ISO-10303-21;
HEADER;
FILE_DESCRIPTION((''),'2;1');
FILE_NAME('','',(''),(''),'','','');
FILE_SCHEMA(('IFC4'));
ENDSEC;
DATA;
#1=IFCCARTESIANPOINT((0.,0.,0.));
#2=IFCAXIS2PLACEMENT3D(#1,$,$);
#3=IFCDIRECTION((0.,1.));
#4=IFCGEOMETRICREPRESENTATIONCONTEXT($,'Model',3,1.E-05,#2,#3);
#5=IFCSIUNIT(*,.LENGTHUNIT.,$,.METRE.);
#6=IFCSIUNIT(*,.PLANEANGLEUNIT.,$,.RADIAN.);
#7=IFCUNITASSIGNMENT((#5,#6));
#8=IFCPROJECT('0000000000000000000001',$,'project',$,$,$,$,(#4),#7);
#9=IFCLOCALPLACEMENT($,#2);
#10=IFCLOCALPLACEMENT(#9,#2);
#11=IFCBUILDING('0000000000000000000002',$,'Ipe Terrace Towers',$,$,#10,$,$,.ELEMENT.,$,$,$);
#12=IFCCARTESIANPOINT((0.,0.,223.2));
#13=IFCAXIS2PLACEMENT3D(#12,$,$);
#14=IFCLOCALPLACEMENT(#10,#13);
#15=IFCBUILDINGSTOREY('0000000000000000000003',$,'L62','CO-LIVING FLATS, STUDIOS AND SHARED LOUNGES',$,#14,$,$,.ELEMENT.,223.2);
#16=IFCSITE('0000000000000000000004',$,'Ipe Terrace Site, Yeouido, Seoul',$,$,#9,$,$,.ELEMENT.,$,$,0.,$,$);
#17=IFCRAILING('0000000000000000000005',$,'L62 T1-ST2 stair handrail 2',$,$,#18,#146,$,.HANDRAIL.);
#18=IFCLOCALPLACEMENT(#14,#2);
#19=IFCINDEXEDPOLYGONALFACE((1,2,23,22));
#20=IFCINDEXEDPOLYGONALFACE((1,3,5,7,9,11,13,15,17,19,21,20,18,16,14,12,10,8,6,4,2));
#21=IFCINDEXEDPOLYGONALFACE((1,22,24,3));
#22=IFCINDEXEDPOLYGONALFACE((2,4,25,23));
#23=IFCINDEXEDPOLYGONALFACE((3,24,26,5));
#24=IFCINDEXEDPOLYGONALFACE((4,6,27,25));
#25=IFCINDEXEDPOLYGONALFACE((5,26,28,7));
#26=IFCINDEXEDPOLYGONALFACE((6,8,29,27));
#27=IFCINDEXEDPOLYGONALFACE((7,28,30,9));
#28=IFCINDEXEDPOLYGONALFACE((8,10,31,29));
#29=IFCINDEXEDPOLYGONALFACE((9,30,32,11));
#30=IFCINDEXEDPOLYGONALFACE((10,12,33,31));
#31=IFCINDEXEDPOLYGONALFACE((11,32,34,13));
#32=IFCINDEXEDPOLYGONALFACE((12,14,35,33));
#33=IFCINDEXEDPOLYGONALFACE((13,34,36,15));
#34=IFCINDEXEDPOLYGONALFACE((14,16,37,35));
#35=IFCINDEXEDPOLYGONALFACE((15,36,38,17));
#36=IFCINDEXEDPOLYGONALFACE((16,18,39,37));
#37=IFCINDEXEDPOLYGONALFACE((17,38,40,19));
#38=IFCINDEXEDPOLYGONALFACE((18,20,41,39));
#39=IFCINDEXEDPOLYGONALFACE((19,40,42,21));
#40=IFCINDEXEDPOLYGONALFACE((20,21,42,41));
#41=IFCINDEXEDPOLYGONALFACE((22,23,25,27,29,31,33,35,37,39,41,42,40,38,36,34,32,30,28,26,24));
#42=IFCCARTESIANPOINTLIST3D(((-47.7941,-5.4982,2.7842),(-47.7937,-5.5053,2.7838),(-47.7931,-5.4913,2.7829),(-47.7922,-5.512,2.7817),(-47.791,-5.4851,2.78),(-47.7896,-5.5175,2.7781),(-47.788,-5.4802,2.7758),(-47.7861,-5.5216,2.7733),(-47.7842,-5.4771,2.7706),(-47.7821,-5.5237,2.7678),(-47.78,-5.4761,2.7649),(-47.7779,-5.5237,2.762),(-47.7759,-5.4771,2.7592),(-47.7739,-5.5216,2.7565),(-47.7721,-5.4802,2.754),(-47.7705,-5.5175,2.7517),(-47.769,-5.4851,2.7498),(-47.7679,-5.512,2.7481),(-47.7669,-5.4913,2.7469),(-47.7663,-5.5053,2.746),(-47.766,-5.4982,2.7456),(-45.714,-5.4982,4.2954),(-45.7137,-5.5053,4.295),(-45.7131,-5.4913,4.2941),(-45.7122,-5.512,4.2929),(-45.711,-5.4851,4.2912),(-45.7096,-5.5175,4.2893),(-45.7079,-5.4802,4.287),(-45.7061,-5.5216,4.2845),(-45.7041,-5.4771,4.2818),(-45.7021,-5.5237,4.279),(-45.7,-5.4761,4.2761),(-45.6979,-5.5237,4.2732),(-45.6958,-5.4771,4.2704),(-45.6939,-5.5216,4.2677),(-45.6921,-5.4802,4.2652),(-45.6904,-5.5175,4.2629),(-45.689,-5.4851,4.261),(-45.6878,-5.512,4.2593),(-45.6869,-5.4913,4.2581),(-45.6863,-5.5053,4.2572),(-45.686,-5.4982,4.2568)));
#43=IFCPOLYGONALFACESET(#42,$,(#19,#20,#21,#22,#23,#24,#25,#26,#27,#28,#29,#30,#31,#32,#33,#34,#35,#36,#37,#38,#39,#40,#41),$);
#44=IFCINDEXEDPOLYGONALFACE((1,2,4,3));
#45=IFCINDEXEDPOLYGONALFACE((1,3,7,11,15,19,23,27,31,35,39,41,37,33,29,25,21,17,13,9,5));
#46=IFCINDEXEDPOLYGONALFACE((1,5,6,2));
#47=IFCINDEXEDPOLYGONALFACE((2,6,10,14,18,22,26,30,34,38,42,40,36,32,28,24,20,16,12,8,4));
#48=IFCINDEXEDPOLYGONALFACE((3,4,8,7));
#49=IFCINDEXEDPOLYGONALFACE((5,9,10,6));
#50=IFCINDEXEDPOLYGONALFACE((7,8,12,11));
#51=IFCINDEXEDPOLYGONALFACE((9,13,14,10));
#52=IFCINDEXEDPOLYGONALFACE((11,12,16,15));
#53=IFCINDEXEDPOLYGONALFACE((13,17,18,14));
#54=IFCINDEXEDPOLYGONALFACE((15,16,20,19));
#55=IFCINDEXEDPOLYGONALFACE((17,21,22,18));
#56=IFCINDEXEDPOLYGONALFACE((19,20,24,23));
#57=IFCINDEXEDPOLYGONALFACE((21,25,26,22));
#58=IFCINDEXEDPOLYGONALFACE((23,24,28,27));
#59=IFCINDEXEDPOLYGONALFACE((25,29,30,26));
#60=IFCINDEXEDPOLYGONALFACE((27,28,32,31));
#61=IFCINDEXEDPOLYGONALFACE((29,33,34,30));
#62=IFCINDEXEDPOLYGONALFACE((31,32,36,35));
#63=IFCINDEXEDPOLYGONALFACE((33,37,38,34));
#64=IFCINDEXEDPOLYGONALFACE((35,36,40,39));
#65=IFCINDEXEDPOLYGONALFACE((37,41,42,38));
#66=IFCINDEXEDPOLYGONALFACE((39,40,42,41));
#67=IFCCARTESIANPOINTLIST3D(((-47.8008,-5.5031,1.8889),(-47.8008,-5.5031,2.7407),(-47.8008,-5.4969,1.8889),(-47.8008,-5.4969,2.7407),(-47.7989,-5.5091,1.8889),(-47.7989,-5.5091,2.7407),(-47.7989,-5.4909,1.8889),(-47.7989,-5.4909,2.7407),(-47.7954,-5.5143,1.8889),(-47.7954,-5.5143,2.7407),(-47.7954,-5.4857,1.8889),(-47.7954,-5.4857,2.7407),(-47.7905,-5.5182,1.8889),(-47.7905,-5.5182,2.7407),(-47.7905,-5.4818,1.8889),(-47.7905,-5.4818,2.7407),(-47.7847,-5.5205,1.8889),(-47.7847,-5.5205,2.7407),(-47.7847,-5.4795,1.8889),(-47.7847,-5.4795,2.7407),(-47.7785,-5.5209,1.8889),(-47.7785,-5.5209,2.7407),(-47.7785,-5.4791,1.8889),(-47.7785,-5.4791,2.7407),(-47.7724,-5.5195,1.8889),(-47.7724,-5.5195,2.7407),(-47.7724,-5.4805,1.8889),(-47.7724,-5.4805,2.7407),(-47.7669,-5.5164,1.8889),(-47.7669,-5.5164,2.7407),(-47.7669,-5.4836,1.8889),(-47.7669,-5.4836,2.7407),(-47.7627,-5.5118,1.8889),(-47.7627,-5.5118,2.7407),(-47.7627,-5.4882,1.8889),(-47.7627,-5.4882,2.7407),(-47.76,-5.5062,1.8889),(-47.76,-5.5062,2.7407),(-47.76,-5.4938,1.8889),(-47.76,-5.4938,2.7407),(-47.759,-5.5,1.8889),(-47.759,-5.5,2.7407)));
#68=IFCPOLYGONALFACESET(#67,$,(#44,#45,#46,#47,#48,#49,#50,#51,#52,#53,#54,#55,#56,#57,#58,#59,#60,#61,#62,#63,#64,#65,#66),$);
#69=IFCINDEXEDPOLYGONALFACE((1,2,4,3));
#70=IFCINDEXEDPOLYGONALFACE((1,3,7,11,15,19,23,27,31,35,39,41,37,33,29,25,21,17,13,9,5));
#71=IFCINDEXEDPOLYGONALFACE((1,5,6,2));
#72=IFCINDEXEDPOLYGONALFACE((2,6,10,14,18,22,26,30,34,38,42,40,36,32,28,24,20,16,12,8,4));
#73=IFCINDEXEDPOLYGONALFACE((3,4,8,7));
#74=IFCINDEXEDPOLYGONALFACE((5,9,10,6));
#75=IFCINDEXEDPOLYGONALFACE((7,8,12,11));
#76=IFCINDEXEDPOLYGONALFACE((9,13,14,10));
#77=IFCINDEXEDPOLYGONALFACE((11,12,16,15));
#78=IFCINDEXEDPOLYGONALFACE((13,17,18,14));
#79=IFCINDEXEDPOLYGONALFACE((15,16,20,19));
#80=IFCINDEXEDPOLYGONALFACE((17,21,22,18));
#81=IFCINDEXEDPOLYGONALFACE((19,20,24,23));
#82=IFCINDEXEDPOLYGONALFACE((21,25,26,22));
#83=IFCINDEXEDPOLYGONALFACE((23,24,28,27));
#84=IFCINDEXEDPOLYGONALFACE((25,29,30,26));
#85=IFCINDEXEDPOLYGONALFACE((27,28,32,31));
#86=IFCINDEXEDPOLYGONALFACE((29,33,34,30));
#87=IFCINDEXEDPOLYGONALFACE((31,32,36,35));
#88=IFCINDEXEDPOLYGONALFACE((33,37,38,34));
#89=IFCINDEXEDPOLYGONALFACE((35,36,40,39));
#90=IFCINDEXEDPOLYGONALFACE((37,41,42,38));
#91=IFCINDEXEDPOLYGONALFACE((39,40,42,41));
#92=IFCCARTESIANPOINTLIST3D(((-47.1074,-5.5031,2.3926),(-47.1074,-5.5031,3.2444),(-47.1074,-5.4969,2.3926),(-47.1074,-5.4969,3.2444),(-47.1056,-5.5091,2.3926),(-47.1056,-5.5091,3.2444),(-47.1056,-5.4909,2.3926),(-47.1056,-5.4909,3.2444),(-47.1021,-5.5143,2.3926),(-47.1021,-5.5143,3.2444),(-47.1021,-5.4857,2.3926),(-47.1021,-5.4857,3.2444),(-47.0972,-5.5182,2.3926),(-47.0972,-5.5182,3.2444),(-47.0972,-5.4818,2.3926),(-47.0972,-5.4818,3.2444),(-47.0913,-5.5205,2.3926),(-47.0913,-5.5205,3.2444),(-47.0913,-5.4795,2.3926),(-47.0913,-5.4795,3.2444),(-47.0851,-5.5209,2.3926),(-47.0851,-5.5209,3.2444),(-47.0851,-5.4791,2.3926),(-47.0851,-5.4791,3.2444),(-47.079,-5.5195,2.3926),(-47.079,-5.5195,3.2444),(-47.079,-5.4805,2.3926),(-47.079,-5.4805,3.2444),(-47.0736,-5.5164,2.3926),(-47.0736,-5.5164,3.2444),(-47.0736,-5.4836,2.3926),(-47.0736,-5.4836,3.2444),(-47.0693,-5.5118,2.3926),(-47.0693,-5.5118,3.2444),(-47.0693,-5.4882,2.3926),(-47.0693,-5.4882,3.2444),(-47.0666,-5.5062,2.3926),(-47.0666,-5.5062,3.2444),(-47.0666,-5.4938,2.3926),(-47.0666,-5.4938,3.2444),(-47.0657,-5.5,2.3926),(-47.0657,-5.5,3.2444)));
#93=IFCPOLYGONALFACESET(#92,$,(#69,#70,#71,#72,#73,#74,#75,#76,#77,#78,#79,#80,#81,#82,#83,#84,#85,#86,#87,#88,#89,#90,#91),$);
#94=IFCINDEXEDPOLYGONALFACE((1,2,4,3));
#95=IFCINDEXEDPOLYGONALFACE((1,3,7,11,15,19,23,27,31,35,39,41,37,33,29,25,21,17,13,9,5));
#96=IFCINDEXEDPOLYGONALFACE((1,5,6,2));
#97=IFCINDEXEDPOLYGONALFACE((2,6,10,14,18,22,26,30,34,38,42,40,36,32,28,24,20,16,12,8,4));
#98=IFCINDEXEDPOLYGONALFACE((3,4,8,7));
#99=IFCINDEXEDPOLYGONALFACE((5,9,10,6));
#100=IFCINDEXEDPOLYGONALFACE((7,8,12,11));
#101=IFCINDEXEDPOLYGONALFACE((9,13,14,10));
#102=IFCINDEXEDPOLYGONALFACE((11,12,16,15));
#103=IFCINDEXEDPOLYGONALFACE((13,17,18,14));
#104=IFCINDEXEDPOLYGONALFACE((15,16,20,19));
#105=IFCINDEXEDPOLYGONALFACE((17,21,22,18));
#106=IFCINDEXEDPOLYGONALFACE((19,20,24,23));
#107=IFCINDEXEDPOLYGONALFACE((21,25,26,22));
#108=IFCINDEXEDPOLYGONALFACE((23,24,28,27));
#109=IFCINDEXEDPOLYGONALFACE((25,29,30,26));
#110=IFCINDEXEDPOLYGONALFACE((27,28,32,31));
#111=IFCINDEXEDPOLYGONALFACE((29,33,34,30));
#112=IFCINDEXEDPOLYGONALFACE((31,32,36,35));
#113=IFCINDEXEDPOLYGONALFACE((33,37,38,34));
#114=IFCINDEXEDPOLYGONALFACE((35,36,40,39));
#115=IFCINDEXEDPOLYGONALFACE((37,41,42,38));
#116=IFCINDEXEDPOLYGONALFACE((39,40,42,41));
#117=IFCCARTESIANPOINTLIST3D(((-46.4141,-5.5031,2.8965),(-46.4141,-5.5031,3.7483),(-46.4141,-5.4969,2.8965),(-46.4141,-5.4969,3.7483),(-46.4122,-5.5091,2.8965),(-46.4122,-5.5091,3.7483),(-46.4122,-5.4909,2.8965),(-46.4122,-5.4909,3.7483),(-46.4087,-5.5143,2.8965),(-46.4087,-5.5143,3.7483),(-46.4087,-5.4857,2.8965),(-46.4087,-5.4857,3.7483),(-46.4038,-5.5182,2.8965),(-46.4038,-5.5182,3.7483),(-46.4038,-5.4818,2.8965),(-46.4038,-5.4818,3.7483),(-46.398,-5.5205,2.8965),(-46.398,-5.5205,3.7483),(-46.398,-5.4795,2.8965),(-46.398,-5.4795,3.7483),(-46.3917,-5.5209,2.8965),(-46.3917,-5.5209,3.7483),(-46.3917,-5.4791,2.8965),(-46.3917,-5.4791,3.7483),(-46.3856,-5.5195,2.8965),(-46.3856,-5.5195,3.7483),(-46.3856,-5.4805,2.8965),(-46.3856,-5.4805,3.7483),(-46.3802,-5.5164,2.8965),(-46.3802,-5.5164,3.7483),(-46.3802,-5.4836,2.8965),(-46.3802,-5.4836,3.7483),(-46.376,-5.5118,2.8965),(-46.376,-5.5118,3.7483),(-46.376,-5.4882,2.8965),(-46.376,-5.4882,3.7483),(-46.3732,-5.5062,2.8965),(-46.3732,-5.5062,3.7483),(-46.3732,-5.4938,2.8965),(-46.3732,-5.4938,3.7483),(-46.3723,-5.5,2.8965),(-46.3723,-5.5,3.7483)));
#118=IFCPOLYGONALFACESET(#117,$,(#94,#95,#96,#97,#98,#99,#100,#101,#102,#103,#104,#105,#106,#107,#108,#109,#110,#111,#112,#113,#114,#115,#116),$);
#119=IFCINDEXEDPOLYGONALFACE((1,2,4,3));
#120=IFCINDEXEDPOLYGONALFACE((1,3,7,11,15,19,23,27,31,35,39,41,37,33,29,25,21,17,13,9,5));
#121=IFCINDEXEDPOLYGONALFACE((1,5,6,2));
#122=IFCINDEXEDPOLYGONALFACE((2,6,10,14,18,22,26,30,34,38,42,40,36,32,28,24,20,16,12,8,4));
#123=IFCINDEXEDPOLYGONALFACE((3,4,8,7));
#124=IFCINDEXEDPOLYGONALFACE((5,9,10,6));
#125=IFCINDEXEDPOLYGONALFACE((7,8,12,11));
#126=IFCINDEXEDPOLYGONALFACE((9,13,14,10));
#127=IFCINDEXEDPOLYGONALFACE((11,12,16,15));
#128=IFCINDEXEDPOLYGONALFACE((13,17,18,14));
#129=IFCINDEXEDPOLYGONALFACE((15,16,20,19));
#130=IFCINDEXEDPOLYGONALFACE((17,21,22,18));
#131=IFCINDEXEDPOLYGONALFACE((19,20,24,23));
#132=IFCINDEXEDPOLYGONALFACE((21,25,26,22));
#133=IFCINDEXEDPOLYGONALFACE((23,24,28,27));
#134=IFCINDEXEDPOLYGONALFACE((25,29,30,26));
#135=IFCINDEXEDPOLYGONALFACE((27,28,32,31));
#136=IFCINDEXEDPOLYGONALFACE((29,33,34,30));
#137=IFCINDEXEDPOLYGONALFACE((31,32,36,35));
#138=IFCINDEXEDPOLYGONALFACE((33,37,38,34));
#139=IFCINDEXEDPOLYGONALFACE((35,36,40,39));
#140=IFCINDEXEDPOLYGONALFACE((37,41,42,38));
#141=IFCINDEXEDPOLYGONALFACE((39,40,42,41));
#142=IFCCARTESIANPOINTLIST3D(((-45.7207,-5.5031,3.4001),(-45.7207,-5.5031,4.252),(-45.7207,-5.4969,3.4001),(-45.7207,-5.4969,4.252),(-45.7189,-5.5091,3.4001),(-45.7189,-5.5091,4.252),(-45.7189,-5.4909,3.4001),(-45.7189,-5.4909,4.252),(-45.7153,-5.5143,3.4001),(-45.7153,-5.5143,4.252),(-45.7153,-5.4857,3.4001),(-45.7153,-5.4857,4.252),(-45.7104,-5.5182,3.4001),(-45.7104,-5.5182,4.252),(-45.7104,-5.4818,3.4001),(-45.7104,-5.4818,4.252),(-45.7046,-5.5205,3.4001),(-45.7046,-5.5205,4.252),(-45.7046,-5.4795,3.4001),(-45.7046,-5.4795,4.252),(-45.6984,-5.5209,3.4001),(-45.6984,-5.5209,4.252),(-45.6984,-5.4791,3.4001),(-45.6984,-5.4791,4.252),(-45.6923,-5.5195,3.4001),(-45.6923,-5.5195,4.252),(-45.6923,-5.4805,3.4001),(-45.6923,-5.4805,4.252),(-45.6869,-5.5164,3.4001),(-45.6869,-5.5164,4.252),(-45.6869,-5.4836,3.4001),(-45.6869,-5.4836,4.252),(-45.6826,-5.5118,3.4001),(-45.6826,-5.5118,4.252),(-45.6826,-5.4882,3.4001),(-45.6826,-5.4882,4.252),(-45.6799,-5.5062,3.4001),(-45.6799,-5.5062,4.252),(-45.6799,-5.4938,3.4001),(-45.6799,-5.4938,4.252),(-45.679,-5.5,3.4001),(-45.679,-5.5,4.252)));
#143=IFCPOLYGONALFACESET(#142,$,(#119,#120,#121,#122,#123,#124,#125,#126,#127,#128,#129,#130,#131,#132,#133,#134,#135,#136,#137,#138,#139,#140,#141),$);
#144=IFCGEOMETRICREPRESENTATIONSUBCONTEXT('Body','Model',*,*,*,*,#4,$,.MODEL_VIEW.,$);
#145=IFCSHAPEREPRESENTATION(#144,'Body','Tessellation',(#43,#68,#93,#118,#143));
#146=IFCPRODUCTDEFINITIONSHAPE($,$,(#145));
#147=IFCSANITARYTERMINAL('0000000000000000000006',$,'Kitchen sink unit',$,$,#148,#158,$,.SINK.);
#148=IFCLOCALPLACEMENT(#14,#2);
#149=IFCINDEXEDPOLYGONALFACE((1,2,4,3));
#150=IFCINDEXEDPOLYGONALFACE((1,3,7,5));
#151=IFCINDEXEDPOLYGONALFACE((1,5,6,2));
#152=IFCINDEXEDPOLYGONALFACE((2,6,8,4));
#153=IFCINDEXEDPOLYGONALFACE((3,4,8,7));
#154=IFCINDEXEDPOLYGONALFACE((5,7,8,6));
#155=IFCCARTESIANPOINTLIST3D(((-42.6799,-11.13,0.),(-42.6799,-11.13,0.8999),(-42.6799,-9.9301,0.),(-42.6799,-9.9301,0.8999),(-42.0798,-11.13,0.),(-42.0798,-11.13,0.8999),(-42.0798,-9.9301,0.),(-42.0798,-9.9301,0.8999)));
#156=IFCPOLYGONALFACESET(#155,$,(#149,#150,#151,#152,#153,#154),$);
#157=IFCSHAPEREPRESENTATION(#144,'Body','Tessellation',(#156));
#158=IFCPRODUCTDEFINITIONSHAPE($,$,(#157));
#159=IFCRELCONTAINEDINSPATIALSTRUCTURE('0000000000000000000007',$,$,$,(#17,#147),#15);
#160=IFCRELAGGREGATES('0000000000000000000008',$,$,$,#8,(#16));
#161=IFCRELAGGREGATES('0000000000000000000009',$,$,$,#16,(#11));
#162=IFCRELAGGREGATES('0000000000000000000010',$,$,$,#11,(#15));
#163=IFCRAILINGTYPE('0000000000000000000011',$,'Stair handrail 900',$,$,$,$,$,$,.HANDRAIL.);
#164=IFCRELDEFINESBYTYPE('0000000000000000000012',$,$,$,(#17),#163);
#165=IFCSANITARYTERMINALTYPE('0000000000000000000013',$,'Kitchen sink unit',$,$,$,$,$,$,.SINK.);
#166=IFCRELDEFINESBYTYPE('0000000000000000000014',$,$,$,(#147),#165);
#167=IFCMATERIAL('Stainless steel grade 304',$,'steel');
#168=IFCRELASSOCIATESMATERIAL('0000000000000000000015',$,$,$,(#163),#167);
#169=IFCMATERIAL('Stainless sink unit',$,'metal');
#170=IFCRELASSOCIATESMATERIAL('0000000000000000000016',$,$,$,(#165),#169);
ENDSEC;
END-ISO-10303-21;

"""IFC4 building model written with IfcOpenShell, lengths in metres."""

from ifc_helpers import new_model, si_unit, direction, frame, origin, origin_2d, place, context, subcontext, project, spatial, rectangle, circle, extrude, material, type_object, element, save


model = new_model("IFC4")

# Units and contexts
model_context = context("Model", 3, precision=1e-05, world=origin(), true_north=direction((0.0, 1.0)))
body_context = subcontext(model_context, "Body", "Model", "MODEL_VIEW")
ifc_project = project(units=[si_unit("LENGTHUNIT", "METRE"), si_unit("PLANEANGLEUNIT", "RADIAN")], contexts=[model_context])

# Site, building, storey
site_placement = place(None, origin())
site = spatial("IfcSite", under=ifc_project, at=site_placement, Name="Ipe Terrace Site, Yeouido, Seoul", CompositionType="ELEMENT", RefElevation=0.0)
building_placement = place(site_placement, origin())
building = spatial("IfcBuilding", under=site, at=building_placement, Name="Ipe Terrace Towers", CompositionType="ELEMENT")
storey_placement = place(building_placement, frame((0.0, 0.0, 223.2)))
storey = spatial("IfcBuildingStorey", under=building, at=storey_placement, Name="L62", Description="CO-LIVING FLATS, STUDIOS AND SHARED LOUNGES", CompositionType="ELEMENT", Elevation=223.2)

# Railing
ifc_material_1 = material(Name="Stainless steel grade 304", Category="steel")
railing_type_1 = type_object("IfcRailingType", Name="Stair handrail 900", PredefinedType="HANDRAIL", material=ifc_material_1)
railing_1_placement = place(storey_placement, frame((-47.78, -5.5, 1.8889)))
element("IfcRailing", 1, at=railing_1_placement, inside=storey, type_object=railing_type_1, Name="L62 T1-ST2 stair handrail 2", PredefinedType="HANDRAIL", context=body_context, shape_type="SweptSolid", body=[
    extrude(circle(Radius=0.0239, at=origin_2d()), frame((0.0, 0.0, 0.876), z_axis=(0.809023, 0.0, 0.587776), x_axis=(0.0, 1.0, 0.0)), (0.0, 0.0, 1.0), 2.571),
    extrude(circle(Radius=0.021, at=origin_2d()), origin(), (0.0, 0.0, 1.0), 0.8518),
    extrude(circle(Radius=0.021, at=origin_2d()), frame((0.6934, 0.0, 0.5037)), (0.0, 0.0, 1.0), 0.8518),
    extrude(circle(Radius=0.021, at=origin_2d()), frame((1.3867, 0.0, 1.0076)), (0.0, 0.0, 1.0), 0.8518),
    extrude(circle(Radius=0.021, at=origin_2d()), frame((2.0801, 0.0, 1.5112)), (0.0, 0.0, 1.0), 0.8518),
])

# Sanitary terminal
ifc_material_2 = material(Name="Stainless sink unit", Category="metal")
sanitary_terminal_type = type_object("IfcSanitaryTerminalType", Name="Kitchen sink unit", PredefinedType="SINK", material=ifc_material_2)
sanitary_terminal_placement = place(storey_placement, frame((-42.3799, -10.53, 0.0), z_axis=(0.0, 0.0, 1.0), x_axis=(0.0, 1.0, 0.0)))
element("IfcSanitaryTerminal", 2, at=sanitary_terminal_placement, inside=storey, type_object=sanitary_terminal_type, Name="Kitchen sink unit", PredefinedType="SINK", context=body_context, shape_type="SweptSolid", body=[
    extrude(rectangle(XDim=1.2, YDim=0.6001, at=origin_2d()), origin(), (0.0, 0.0, 1.0), 0.8999),
])

save(model, "model.ifc")
